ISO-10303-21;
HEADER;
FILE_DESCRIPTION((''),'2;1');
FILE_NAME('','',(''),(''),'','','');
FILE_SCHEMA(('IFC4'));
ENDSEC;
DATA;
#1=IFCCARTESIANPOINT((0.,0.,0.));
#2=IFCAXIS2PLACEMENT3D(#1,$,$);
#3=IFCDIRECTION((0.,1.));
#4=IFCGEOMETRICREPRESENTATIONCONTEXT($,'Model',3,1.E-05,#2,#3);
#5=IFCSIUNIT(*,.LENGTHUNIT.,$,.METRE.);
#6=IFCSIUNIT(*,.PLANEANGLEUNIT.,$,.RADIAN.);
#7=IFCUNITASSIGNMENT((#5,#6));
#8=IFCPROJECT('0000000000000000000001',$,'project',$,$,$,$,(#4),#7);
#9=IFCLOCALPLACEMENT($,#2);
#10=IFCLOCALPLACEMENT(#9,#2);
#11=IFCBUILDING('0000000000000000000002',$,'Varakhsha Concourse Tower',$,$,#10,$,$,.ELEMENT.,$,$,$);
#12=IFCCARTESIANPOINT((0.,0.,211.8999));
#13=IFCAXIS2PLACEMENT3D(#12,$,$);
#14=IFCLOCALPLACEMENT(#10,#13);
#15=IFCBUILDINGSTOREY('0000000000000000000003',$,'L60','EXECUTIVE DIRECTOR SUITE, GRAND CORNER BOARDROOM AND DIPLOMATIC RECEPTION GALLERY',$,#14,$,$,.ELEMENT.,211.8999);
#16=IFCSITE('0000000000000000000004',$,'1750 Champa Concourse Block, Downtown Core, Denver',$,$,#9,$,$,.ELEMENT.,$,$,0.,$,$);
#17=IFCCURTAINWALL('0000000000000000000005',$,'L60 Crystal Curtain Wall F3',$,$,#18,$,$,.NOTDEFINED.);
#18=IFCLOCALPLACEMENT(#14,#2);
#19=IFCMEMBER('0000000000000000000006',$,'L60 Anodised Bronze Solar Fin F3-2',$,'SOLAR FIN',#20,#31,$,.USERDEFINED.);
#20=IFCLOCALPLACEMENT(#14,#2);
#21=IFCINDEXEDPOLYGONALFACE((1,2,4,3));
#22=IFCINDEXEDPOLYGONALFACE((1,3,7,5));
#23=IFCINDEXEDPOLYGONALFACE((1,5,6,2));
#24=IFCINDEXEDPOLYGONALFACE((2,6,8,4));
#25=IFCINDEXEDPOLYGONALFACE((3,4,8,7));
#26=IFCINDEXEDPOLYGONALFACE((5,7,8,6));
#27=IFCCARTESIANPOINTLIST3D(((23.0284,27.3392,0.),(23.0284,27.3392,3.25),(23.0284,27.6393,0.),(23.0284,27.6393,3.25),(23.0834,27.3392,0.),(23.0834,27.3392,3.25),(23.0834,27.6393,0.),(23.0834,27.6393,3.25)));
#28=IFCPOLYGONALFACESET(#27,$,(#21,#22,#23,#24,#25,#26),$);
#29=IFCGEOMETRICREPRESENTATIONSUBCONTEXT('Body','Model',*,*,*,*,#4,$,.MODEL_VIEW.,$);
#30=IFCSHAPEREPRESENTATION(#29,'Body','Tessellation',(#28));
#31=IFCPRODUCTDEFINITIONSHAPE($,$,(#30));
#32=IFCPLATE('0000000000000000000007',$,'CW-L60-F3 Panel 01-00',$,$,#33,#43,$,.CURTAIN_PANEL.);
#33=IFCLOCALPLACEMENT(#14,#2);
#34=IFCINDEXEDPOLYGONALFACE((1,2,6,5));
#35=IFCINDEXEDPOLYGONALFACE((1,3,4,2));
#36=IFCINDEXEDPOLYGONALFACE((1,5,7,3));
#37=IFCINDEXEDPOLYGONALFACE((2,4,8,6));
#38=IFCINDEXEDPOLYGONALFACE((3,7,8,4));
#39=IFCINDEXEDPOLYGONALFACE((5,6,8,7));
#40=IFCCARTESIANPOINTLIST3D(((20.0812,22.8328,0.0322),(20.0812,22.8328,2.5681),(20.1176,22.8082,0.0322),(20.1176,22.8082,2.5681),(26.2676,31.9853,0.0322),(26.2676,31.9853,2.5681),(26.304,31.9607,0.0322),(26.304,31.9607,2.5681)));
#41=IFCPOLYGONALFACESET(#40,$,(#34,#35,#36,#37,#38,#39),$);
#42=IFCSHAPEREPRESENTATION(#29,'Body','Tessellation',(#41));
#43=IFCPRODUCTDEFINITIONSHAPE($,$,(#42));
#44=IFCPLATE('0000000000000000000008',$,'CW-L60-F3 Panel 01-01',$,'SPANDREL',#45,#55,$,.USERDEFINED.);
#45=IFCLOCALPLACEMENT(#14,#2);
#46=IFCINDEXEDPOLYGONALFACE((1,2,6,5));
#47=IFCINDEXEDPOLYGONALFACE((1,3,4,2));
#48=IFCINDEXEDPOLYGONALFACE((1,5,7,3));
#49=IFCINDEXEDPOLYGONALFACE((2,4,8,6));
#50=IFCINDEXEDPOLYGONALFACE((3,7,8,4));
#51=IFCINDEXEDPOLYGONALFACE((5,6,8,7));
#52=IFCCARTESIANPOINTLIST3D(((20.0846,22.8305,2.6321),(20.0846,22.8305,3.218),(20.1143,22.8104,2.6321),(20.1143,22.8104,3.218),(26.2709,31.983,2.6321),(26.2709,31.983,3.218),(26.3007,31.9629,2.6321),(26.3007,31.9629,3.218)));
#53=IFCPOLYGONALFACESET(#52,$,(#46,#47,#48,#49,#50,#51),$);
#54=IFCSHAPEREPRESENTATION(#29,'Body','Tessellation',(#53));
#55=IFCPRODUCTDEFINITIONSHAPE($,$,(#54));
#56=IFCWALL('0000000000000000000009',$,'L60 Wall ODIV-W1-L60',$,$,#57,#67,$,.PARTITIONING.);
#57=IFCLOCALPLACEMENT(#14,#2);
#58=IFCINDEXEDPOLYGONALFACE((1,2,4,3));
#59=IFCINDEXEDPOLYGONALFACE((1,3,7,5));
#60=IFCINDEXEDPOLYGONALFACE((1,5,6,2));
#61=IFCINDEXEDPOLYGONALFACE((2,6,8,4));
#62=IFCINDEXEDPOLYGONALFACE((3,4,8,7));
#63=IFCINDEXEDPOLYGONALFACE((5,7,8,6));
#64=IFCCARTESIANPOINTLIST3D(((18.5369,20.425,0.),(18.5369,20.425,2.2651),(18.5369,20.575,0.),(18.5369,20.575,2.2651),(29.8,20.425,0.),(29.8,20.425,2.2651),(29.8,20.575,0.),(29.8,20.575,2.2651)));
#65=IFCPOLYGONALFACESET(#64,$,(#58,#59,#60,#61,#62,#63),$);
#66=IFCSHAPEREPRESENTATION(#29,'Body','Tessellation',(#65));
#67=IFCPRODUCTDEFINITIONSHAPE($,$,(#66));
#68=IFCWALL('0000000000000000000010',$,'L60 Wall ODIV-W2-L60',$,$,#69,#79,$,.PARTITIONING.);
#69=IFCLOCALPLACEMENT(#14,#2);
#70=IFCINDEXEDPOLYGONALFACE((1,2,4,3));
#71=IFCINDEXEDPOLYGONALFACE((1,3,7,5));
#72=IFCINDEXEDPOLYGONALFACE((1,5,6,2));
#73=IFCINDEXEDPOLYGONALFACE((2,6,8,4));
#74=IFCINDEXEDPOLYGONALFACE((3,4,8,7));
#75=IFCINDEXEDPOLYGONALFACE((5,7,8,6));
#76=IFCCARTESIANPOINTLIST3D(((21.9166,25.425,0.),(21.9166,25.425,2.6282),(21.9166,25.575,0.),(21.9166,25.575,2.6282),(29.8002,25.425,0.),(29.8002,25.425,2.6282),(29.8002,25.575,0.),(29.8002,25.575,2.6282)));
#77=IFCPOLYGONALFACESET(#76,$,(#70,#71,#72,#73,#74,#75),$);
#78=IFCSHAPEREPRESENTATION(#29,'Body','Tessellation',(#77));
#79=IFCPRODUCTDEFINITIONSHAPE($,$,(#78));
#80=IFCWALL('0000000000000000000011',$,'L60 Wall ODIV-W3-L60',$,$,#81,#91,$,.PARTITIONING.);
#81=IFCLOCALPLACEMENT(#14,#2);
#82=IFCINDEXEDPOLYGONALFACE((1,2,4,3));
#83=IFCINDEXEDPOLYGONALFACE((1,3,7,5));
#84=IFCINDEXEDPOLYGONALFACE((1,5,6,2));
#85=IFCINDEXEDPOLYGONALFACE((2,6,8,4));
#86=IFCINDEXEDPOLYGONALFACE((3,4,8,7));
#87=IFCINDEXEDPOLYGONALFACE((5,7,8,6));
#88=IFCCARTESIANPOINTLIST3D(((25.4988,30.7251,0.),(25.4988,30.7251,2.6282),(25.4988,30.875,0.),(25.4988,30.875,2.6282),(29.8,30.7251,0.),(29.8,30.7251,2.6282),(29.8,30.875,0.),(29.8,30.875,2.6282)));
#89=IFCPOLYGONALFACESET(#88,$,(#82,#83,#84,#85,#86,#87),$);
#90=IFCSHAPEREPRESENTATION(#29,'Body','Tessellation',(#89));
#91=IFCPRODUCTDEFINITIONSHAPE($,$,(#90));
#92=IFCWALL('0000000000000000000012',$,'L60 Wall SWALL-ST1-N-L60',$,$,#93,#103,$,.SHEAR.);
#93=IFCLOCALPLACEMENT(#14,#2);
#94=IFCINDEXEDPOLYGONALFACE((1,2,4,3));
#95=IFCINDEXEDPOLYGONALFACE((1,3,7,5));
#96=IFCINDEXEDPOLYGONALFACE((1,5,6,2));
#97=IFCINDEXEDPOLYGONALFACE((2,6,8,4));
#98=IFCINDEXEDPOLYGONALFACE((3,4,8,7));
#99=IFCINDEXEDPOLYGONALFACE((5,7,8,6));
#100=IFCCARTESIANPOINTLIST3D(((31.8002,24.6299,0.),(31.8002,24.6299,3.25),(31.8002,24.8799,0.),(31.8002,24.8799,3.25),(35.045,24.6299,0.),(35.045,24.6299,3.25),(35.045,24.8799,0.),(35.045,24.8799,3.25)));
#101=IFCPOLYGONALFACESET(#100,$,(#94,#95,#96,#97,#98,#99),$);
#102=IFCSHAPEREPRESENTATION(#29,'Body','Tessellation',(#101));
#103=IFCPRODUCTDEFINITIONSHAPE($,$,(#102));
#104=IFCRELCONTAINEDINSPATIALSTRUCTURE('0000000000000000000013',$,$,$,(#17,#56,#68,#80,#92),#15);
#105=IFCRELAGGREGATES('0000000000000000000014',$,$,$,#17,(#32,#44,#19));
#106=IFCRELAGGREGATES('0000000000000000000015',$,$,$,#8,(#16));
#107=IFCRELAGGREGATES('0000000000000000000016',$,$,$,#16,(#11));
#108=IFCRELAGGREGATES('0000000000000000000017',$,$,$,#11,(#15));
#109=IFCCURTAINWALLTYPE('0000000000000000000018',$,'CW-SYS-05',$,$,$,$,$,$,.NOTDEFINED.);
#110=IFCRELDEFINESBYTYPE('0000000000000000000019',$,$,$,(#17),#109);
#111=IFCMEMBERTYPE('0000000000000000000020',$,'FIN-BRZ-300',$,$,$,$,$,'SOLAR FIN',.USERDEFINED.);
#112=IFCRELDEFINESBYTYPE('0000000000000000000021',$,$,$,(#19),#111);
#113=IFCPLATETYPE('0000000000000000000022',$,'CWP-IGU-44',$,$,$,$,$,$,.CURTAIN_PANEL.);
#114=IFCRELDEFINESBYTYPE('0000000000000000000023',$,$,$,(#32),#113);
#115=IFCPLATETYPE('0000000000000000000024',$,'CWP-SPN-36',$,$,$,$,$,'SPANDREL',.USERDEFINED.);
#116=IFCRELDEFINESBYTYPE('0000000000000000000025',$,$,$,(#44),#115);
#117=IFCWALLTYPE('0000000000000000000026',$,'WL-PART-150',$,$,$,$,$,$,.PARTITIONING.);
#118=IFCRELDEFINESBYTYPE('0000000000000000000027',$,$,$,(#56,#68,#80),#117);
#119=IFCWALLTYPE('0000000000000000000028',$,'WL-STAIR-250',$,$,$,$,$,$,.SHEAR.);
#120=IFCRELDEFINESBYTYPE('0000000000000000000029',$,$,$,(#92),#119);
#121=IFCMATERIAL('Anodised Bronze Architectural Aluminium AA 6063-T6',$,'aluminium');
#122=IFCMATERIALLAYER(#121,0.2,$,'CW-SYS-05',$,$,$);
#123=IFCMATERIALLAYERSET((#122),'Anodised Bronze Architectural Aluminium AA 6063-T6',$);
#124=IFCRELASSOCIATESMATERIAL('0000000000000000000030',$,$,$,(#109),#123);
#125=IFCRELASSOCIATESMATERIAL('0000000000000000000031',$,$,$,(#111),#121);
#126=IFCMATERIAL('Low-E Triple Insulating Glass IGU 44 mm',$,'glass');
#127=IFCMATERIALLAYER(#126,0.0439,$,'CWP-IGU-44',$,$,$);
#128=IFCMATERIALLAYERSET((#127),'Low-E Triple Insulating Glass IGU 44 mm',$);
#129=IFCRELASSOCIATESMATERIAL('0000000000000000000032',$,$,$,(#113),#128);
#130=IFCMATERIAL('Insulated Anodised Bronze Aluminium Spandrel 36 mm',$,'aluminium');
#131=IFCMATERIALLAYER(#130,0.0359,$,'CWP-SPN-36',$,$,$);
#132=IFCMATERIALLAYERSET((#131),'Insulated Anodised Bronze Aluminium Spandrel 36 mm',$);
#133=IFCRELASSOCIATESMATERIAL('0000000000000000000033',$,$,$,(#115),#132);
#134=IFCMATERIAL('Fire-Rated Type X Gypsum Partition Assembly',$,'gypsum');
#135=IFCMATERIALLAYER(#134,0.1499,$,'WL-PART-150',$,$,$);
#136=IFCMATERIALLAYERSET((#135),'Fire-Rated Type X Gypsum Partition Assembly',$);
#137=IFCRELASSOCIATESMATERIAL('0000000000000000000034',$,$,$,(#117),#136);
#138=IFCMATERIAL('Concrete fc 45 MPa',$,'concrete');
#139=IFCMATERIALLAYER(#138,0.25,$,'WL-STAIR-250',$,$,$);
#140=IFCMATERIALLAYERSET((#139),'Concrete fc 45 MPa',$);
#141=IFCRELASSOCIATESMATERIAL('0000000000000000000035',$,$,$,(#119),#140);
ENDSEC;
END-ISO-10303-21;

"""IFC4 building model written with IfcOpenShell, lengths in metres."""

from ifc_helpers import new_model, si_unit, direction, frame, frame_2d, origin, origin_2d, place, context, subcontext, project, spatial, rectangle, extrude, source, transform, mapped, material, layer, layer_set, material_profile, profile_set, type_object, type_shapes, element, aggregate, save


model = new_model("IFC4")

# Units and contexts
model_context = context("Model", 3, precision=1e-05, world=origin(), true_north=direction((0.0, 1.0)))
body_context = subcontext(model_context, "Body", "Model", "MODEL_VIEW")
ifc_project = project(units=[si_unit("LENGTHUNIT", "METRE"), si_unit("PLANEANGLEUNIT", "RADIAN")], contexts=[model_context])

# Site, building, storey
site_placement = place(None, origin())
site = spatial("IfcSite", under=ifc_project, at=site_placement, Name="1750 Champa Concourse Block, Downtown Core, Denver", CompositionType="ELEMENT", RefElevation=0.0)
building_placement = place(site_placement, origin())
building = spatial("IfcBuilding", under=site, at=building_placement, Name="Varakhsha Concourse Tower", CompositionType="ELEMENT")
storey_placement = place(building_placement, frame((0.0, 0.0, 211.8999)))
storey = spatial("IfcBuildingStorey", under=building, at=storey_placement, Name="L60", Description="EXECUTIVE DIRECTOR SUITE, GRAND CORNER BOARDROOM AND DIPLOMATIC RECEPTION GALLERY", CompositionType="ELEMENT", Elevation=211.8999)

# Curtain wall, member, plates
ifc_material_1 = material(Name="Anodised Bronze Architectural Aluminium AA 6063-T6", Category="aluminium")
ifc_layer_1 = layer(ifc_material_1, 0.2, Name="CW-SYS-05")
ifc_layer_set_1 = layer_set([ifc_layer_1], Name="Anodised Bronze Architectural Aluminium AA 6063-T6")
curtain_wall_type = type_object("IfcCurtainWallType", Name="CW-SYS-05", PredefinedType="NOTDEFINED", material=ifc_layer_set_1)
curtain_wall_placement = place(storey_placement, origin())
curtain_wall = element("IfcCurtainWall", 1, at=curtain_wall_placement, inside=storey, type_object=curtain_wall_type, Name="L60 Crystal Curtain Wall F3", PredefinedType="NOTDEFINED")
ifc_material_profile_1 = material_profile(ifc_material_1, rectangle(XDim=0.0549, YDim=0.3, at=origin_2d()), Name="FIN-BRZ-300")
ifc_profile_set_1 = profile_set([ifc_material_profile_1], Name="Anodised Bronze Architectural Aluminium AA 6063-T6")
member_type_1 = type_object("IfcMemberType", Name="FIN-BRZ-300", ElementType="SOLAR FIN", PredefinedType="USERDEFINED", material=ifc_profile_set_1)
shared_shape_1 = source(origin(), body_context, "Body", "SweptSolid", [
    extrude(rectangle(XDim=0.0549, YDim=0.3, at=origin_2d()), origin(), (0.0, 0.0, 1.0), 3.25),
])
type_shapes(member_type_1, [shared_shape_1])
member_1_placement = place(storey_placement, frame((23.0559, 27.4893, 0.0), z_axis=(0.0, 0.0, 1.0), x_axis=(1.0, 0.0, 0.0)))
member_1 = element("IfcMember", 2, at=member_1_placement, type_object=member_type_1, Name="L60 Anodised Bronze Solar Fin F3-2", ObjectType="SOLAR FIN", PredefinedType="USERDEFINED", context=body_context, shape_type="MappedRepresentation", body=[
    mapped(shared_shape_1, transform((0.0, 0.0, 0.0), scale=1.0)),
])
ifc_material_2 = material(Name="Low-E Triple Insulating Glass IGU 44 mm", Category="glass")
ifc_layer_2 = layer(ifc_material_2, 0.0439, Name="CWP-IGU-44")
ifc_layer_set_2 = layer_set([ifc_layer_2], Name="Low-E Triple Insulating Glass IGU 44 mm")
plate_type_1 = type_object("IfcPlateType", Name="CWP-IGU-44", PredefinedType="CURTAIN_PANEL", material=ifc_layer_set_2)
shared_shape_2 = source(origin(), body_context, "Body", "SweptSolid", [
    extrude(rectangle(XDim=11.0471, YDim=0.0439, at=origin_2d()), origin(), (0.0, 0.0, 1.0), 2.5359),
])
type_shapes(plate_type_1, [shared_shape_2])
plate_1_placement = place(storey_placement, frame((23.1926, 27.3967, 0.0322), z_axis=(0.0, 0.0, 1.0), x_axis=(0.559999, 0.828494, 0.0)))
plate_1 = element("IfcPlate", 3, at=plate_1_placement, type_object=plate_type_1, Name="CW-L60-F3 Panel 01-00", PredefinedType="CURTAIN_PANEL", context=body_context, shape_type="MappedRepresentation", body=[
    mapped(shared_shape_2, transform((0.0, 0.0, 0.0), scale=1.0)),
])
ifc_material_3 = material(Name="Insulated Anodised Bronze Aluminium Spandrel 36 mm", Category="aluminium")
ifc_layer_3 = layer(ifc_material_3, 0.0359, Name="CWP-SPN-36")
ifc_layer_set_3 = layer_set([ifc_layer_3], Name="Insulated Anodised Bronze Aluminium Spandrel 36 mm")
plate_type_2 = type_object("IfcPlateType", Name="CWP-SPN-36", ElementType="SPANDREL", PredefinedType="USERDEFINED", material=ifc_layer_set_3)
shared_shape_3 = source(origin(), body_context, "Body", "SweptSolid", [
    extrude(rectangle(XDim=11.0471, YDim=0.0359, at=origin_2d()), origin(), (0.0, 0.0, 1.0), 0.5859),
])
type_shapes(plate_type_2, [shared_shape_3])
plate_2_placement = place(storey_placement, frame((23.1926, 27.3967, 2.6321), z_axis=(0.0, 0.0, 1.0), x_axis=(0.559999, 0.828494, 0.0)))
plate_2 = element("IfcPlate", 4, at=plate_2_placement, type_object=plate_type_2, Name="CW-L60-F3 Panel 01-01", ObjectType="SPANDREL", PredefinedType="USERDEFINED", context=body_context, shape_type="MappedRepresentation", body=[
    mapped(shared_shape_3, transform((0.0, 0.0, 0.0), scale=1.0)),
])
aggregate(curtain_wall, [plate_1, plate_2, member_1])

# Walls
ifc_material_4 = material(Name="Fire-Rated Type X Gypsum Partition Assembly", Category="gypsum")
ifc_layer_4 = layer(ifc_material_4, 0.1499, Name="WL-PART-150")
ifc_layer_set_4 = layer_set([ifc_layer_4], Name="Fire-Rated Type X Gypsum Partition Assembly")
wall_type_1 = type_object("IfcWallType", Name="WL-PART-150", PredefinedType="PARTITIONING", material=ifc_layer_set_4)
wall_1_placement = place(storey_placement, frame((18.5369, 20.5, 0.0), z_axis=(0.0, 0.0, 1.0), x_axis=(1.0, 0.0, 0.0)))
element("IfcWall", 5, at=wall_1_placement, inside=storey, type_object=wall_type_1, Name="L60 Wall ODIV-W1-L60", PredefinedType="PARTITIONING", context=body_context, shape_type="SweptSolid", body=[
    extrude(rectangle(XDim=11.2632, YDim=0.1499, at=frame_2d((5.6316, 0.0))), origin(), (0.0, 0.0, 1.0), 2.2651),
])
wall_2_placement = place(storey_placement, frame((21.9165, 25.5, 0.0), z_axis=(0.0, 0.0, 1.0), x_axis=(1.0, 0.0, 0.0)))
element("IfcWall", 6, at=wall_2_placement, inside=storey, type_object=wall_type_1, Name="L60 Wall ODIV-W2-L60", PredefinedType="PARTITIONING", context=body_context, shape_type="SweptSolid", body=[
    extrude(rectangle(XDim=7.8835, YDim=0.1499, at=frame_2d((3.9419, 0.0))), origin(), (0.0, 0.0, 1.0), 2.6282),
])
wall_3_placement = place(storey_placement, frame((25.4988, 30.8, 0.0), z_axis=(0.0, 0.0, 1.0), x_axis=(1.0, 0.0, 0.0)))
element("IfcWall", 7, at=wall_3_placement, inside=storey, type_object=wall_type_1, Name="L60 Wall ODIV-W3-L60", PredefinedType="PARTITIONING", context=body_context, shape_type="SweptSolid", body=[
    extrude(rectangle(XDim=4.3013, YDim=0.1499, at=frame_2d((2.1506, 0.0))), origin(), (0.0, 0.0, 1.0), 2.6282),
])

# Wall
ifc_material_5 = material(Name="Concrete fc 45 MPa", Category="concrete")
ifc_layer_5 = layer(ifc_material_5, 0.25, Name="WL-STAIR-250")
ifc_layer_set_5 = layer_set([ifc_layer_5], Name="Concrete fc 45 MPa")
wall_type_2 = type_object("IfcWallType", Name="WL-STAIR-250", PredefinedType="SHEAR", material=ifc_layer_set_5)
wall_4_placement = place(storey_placement, frame((31.8, 24.7549, 0.0), z_axis=(0.0, 0.0, 1.0), x_axis=(1.0, 0.0, 0.0)))
element("IfcWall", 8, at=wall_4_placement, inside=storey, type_object=wall_type_2, Name="L60 Wall SWALL-ST1-N-L60", PredefinedType="SHEAR", context=body_context, shape_type="SweptSolid", body=[
    extrude(rectangle(XDim=3.2449, YDim=0.25, at=frame_2d((1.6226, 0.0))), origin(), (0.0, 0.0, 1.0), 3.25),
])

save(model, "model.ifc")
